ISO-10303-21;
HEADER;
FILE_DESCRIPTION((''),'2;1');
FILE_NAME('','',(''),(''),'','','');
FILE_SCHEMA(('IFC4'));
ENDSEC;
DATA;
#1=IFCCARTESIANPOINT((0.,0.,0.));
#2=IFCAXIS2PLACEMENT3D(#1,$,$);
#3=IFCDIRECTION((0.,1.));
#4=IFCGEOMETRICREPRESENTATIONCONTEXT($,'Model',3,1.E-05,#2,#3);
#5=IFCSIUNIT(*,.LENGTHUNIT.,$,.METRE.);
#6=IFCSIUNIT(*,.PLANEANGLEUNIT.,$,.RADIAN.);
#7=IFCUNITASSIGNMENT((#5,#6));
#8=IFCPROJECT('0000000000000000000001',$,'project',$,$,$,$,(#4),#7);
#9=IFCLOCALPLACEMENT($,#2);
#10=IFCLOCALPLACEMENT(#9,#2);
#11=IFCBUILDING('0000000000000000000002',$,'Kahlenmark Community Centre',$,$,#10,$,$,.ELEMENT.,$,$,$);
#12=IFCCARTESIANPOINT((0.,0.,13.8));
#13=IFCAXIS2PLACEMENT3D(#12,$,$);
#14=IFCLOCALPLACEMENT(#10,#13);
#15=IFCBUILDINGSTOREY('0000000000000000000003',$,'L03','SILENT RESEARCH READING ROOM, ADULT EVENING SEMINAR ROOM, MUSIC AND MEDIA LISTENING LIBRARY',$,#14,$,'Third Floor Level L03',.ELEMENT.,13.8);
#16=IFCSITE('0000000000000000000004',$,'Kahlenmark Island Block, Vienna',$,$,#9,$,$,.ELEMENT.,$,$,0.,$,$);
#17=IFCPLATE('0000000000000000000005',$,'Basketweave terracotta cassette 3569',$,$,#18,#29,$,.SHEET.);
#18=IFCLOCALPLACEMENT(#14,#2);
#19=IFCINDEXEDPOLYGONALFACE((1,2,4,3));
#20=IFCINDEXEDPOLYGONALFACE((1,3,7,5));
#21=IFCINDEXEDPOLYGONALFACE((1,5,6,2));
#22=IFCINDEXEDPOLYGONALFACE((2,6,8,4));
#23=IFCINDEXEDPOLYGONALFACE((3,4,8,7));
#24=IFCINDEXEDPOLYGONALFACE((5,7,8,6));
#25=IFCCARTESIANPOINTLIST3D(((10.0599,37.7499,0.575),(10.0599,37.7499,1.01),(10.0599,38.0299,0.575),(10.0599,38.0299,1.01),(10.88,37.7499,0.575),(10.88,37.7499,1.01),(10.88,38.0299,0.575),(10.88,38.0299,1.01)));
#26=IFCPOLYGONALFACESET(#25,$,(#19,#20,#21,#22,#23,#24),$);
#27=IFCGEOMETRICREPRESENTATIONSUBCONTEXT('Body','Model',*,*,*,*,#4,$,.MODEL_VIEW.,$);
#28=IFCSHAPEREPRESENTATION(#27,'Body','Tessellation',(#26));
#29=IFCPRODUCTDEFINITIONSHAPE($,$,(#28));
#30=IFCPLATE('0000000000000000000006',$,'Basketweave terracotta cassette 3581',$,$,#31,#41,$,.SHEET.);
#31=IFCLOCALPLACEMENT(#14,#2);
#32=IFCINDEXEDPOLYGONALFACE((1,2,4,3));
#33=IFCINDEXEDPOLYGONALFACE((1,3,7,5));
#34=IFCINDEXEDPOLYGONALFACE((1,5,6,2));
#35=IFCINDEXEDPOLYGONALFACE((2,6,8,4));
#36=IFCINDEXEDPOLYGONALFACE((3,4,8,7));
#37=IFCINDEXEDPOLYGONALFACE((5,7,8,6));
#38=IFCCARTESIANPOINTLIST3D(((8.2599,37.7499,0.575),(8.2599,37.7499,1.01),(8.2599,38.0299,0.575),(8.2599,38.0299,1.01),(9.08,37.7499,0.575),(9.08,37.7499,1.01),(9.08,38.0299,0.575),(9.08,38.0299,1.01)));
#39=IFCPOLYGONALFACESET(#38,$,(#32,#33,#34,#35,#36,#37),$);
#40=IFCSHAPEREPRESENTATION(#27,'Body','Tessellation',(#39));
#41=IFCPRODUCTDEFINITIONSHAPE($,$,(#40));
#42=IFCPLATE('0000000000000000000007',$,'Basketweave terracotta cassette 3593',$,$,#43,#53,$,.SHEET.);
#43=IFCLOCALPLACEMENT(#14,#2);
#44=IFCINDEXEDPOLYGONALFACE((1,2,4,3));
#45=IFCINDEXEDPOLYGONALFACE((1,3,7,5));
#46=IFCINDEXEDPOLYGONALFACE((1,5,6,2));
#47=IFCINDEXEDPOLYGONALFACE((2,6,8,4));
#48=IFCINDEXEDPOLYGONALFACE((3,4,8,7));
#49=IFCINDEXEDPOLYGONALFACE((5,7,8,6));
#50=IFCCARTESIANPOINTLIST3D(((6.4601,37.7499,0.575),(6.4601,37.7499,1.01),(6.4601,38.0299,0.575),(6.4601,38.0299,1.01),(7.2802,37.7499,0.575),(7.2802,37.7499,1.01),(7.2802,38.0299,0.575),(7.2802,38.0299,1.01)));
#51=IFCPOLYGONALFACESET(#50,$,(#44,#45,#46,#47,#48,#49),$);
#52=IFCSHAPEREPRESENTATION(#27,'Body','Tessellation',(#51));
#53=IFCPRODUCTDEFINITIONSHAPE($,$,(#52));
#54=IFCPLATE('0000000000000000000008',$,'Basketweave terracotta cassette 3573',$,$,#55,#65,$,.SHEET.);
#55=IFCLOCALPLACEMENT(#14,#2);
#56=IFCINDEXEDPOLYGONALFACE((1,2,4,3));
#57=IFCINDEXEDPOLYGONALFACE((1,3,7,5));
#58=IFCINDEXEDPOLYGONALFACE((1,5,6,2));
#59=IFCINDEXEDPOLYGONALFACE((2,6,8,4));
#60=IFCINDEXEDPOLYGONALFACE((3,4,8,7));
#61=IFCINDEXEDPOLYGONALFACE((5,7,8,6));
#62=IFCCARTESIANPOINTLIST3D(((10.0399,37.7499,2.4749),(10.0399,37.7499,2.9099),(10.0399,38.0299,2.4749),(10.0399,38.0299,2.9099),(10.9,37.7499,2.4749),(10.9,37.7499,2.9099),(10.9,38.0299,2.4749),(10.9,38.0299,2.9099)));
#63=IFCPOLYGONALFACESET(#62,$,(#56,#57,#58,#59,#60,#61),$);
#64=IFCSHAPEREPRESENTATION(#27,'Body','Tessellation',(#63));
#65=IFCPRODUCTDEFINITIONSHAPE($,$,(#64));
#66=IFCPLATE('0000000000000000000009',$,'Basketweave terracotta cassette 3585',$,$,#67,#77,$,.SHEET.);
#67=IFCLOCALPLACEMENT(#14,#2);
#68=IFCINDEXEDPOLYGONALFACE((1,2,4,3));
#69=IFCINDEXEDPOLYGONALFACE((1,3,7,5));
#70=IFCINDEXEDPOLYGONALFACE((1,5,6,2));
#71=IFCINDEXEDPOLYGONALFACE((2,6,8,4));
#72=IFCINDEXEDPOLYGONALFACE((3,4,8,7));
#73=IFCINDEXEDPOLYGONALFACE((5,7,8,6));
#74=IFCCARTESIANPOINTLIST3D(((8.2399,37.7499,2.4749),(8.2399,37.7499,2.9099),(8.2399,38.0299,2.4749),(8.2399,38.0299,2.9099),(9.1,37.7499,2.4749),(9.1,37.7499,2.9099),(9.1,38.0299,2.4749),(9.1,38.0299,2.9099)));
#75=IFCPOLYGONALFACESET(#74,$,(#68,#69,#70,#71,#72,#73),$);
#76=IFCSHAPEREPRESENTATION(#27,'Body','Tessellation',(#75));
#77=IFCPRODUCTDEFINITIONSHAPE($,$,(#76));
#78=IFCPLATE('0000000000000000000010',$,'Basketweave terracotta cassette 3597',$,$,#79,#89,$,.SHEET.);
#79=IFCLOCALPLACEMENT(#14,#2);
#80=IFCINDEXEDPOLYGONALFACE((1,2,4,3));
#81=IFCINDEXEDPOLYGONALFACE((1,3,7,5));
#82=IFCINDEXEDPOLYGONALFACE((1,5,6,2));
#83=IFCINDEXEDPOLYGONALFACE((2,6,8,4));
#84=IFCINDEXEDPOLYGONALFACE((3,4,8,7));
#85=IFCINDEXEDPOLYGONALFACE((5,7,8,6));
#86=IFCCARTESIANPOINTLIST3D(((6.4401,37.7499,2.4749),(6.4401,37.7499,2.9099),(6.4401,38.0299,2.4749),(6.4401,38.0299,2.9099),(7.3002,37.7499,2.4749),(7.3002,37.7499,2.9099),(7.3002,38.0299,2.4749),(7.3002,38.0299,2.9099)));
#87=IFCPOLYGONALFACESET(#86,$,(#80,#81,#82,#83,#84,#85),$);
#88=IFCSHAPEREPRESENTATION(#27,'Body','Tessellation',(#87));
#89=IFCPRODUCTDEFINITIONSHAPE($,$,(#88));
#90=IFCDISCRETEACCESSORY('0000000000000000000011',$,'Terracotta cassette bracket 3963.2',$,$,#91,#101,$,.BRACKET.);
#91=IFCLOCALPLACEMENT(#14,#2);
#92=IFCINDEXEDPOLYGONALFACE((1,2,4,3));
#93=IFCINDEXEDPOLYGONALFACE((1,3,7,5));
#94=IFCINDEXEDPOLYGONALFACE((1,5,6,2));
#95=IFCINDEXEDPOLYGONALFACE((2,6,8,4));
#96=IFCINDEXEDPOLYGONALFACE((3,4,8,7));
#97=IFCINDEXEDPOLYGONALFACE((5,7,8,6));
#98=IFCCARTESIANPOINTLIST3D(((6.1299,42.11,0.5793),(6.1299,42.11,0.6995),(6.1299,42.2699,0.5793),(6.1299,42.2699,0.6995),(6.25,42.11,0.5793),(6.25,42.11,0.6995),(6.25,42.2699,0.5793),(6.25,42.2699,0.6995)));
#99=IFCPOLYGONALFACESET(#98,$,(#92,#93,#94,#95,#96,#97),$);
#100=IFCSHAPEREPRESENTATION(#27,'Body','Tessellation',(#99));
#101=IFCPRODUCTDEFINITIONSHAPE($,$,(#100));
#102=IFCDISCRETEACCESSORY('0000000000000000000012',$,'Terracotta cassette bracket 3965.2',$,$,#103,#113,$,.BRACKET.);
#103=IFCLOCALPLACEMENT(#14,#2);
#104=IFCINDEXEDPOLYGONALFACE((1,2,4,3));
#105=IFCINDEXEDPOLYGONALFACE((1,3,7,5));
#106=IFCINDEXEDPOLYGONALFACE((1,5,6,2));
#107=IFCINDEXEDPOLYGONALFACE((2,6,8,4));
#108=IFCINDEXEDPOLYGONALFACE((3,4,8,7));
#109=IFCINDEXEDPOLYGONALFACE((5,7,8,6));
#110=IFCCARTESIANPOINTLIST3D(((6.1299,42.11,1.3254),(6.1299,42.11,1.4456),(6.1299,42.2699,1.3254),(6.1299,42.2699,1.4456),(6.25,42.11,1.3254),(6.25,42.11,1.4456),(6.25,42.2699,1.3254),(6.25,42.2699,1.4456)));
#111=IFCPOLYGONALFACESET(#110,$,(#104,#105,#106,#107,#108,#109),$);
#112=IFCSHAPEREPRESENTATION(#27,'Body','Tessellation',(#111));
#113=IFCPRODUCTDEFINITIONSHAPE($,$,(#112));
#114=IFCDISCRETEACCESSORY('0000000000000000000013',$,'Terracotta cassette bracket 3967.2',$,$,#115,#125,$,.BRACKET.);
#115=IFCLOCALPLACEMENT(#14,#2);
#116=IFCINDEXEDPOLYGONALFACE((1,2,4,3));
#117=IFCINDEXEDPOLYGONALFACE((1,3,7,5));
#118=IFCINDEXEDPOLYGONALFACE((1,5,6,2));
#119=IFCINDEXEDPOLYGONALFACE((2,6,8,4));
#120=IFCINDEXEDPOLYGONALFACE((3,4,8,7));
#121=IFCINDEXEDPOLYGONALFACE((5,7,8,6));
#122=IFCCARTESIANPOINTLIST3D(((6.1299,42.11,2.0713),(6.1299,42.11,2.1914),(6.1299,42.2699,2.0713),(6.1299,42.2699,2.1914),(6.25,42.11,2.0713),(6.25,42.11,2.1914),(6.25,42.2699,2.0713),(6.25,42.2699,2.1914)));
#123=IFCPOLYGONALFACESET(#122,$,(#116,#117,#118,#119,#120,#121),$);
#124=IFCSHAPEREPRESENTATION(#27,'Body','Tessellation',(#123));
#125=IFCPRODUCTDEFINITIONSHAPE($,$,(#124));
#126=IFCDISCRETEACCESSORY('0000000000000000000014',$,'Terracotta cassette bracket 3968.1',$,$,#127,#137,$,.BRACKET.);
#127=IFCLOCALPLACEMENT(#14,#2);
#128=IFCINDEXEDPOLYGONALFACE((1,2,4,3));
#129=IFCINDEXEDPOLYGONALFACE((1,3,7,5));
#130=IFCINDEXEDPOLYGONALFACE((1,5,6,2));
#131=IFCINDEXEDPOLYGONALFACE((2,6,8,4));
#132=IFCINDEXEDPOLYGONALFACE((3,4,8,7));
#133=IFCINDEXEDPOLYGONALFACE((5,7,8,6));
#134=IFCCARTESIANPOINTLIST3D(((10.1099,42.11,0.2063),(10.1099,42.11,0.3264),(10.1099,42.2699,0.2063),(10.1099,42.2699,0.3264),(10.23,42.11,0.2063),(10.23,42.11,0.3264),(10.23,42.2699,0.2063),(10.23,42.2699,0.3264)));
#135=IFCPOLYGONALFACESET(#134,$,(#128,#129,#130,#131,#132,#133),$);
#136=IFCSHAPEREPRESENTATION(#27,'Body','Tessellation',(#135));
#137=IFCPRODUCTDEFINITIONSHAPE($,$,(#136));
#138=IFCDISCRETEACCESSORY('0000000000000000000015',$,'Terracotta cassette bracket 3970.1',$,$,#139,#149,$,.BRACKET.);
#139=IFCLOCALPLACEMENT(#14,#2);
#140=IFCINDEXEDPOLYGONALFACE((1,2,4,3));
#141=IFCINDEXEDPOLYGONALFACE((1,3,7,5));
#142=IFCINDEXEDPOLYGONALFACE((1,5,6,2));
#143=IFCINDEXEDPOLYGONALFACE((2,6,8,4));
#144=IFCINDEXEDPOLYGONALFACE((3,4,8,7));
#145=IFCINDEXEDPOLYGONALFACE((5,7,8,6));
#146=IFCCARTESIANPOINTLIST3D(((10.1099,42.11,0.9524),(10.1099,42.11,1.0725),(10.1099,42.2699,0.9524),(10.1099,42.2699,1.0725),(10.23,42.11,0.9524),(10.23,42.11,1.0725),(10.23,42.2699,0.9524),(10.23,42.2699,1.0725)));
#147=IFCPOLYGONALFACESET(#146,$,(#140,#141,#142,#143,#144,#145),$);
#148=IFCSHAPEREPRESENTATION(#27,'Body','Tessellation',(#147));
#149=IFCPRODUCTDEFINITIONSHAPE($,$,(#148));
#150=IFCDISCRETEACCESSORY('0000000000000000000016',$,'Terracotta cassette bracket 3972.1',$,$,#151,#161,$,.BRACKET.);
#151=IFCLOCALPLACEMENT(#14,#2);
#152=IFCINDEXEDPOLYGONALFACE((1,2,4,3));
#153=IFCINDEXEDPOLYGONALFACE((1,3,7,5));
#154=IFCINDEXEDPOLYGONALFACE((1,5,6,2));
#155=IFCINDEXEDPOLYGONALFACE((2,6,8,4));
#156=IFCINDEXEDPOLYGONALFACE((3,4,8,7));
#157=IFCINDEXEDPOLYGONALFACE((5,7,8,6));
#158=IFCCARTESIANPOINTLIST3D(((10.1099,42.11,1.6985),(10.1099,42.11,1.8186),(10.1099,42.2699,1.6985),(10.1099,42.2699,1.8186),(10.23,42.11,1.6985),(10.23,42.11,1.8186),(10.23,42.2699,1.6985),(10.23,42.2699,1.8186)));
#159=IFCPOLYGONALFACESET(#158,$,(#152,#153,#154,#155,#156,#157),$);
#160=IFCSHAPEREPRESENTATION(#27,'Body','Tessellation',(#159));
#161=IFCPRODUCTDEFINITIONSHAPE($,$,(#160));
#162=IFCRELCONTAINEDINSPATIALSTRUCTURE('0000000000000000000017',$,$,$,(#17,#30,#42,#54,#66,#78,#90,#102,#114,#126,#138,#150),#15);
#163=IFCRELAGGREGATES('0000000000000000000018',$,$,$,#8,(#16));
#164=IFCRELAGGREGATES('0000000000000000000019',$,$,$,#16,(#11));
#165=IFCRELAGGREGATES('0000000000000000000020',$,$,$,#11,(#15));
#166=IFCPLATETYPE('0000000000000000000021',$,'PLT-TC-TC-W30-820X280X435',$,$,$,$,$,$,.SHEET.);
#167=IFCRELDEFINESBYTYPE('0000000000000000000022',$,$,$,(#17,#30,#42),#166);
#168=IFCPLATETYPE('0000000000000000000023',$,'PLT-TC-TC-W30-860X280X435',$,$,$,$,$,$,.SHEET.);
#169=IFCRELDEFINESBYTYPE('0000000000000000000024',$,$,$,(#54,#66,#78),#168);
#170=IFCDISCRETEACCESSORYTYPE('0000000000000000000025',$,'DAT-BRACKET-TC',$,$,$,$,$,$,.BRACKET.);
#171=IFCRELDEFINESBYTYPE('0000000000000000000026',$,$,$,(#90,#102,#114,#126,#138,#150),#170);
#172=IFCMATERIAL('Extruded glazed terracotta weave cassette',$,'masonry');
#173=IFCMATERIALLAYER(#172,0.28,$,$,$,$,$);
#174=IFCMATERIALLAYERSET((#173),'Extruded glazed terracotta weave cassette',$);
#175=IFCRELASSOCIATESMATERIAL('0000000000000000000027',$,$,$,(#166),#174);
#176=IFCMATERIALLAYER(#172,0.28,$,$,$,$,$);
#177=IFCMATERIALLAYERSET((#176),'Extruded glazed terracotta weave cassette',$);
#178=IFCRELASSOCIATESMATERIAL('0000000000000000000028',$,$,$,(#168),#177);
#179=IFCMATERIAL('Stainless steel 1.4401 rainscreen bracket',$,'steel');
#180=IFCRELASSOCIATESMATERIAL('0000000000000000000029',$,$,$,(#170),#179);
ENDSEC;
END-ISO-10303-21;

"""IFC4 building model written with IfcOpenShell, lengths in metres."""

from ifc_helpers import new_model, si_unit, direction, frame, origin, origin_2d, place, context, subcontext, project, spatial, rectangle, extrude, material, layer, layer_set, type_object, element, save


model = new_model("IFC4")

# Units and contexts
model_context = context("Model", 3, precision=1e-05, world=origin(), true_north=direction((0.0, 1.0)))
body_context = subcontext(model_context, "Body", "Model", "MODEL_VIEW")
ifc_project = project(units=[si_unit("LENGTHUNIT", "METRE"), si_unit("PLANEANGLEUNIT", "RADIAN")], contexts=[model_context])

# Site, building, storey
site_placement = place(None, origin())
site = spatial("IfcSite", under=ifc_project, at=site_placement, Name="Kahlenmark Island Block, Vienna", CompositionType="ELEMENT", RefElevation=0.0)
building_placement = place(site_placement, origin())
building = spatial("IfcBuilding", under=site, at=building_placement, Name="Kahlenmark Community Centre", CompositionType="ELEMENT")
storey_placement = place(building_placement, frame((0.0, 0.0, 13.8)))
storey = spatial("IfcBuildingStorey", under=building, at=storey_placement, Name="L03", Description="SILENT RESEARCH READING ROOM, ADULT EVENING SEMINAR ROOM, MUSIC AND MEDIA LISTENING LIBRARY", LongName="Third Floor Level L03", CompositionType="ELEMENT", Elevation=13.8)

# Plates
ifc_material_1 = material(Name="Extruded glazed terracotta weave cassette", Category="masonry")
ifc_layer_1 = layer(ifc_material_1, 0.28)
ifc_layer_set_1 = layer_set([ifc_layer_1], Name="Extruded glazed terracotta weave cassette")
plate_type_1 = type_object("IfcPlateType", Name="PLT-TC-TC-W30-820X280X435", PredefinedType="SHEET", material=ifc_layer_set_1)
for number, where, z_axis, x_axis, name in (
    (1, (10.47, 37.8899, 0.575), (0.0, 0.0, 1.0), (-1.0, 0.0, 0.0), "Basketweave terracotta cassette 3569"),
    (2, (8.6699, 37.8899, 0.575), (0.0, 0.0, 1.0), (-1.0, 0.0, 0.0), "Basketweave terracotta cassette 3581"),
    (3, (6.8701, 37.8899, 0.575), (0.0, 0.0, 1.0), (-1.0, 0.0, 0.0), "Basketweave terracotta cassette 3593"),
):
    element("IfcPlate", number, at=place(storey_placement, frame(where, z_axis=z_axis, x_axis=x_axis)), inside=storey, type_object=plate_type_1, Name=name, PredefinedType="SHEET", context=body_context, shape_type="SweptSolid", body=[
        extrude(rectangle(XDim=0.8201, YDim=0.28, at=origin_2d()), origin(), (0.0, 0.0, 1.0), 0.4351),
    ])
ifc_layer_2 = layer(ifc_material_1, 0.28)
ifc_layer_set_2 = layer_set([ifc_layer_2], Name="Extruded glazed terracotta weave cassette")
plate_type_2 = type_object("IfcPlateType", Name="PLT-TC-TC-W30-860X280X435", PredefinedType="SHEET", material=ifc_layer_set_2)
for number, where, z_axis, x_axis, name in (
    (4, (10.47, 37.8899, 2.4749), (0.0, 0.0, 1.0), (-1.0, 0.0, 0.0), "Basketweave terracotta cassette 3573"),
    (5, (8.6699, 37.8899, 2.4749), (0.0, 0.0, 1.0), (-1.0, 0.0, 0.0), "Basketweave terracotta cassette 3585"),
    (6, (6.8701, 37.8899, 2.4749), (0.0, 0.0, 1.0), (-1.0, 0.0, 0.0), "Basketweave terracotta cassette 3597"),
):
    element("IfcPlate", number, at=place(storey_placement, frame(where, z_axis=z_axis, x_axis=x_axis)), inside=storey, type_object=plate_type_2, Name=name, PredefinedType="SHEET", context=body_context, shape_type="SweptSolid", body=[
        extrude(rectangle(XDim=0.8601, YDim=0.28, at=origin_2d()), origin(), (0.0, 0.0, 1.0), 0.4351),
    ])

# Discrete accessories
ifc_material_2 = material(Name="Stainless steel 1.4401 rainscreen bracket", Category="steel")
discrete_accessory_type = type_object("IfcDiscreteAccessoryType", Name="DAT-BRACKET-TC", PredefinedType="BRACKET", material=ifc_material_2)
for number, where, z_axis, x_axis, name in (
    (7, (6.1899, 42.1899, 0.5793), (0.0, 0.0, 1.0), (1.0, 0.0, 0.0), "Terracotta cassette bracket 3963.2"),
    (8, (6.1899, 42.1899, 1.3254), (0.0, 0.0, 1.0), (1.0, 0.0, 0.0), "Terracotta cassette bracket 3965.2"),
    (9, (6.1899, 42.1899, 2.0713), (0.0, 0.0, 1.0), (1.0, 0.0, 0.0), "Terracotta cassette bracket 3967.2"),
    (10, (10.1699, 42.1899, 0.2063), (0.0, 0.0, 1.0), (1.0, 0.0, 0.0), "Terracotta cassette bracket 3968.1"),
    (11, (10.1699, 42.1899, 0.9524), (0.0, 0.0, 1.0), (1.0, 0.0, 0.0), "Terracotta cassette bracket 3970.1"),
    (12, (10.1699, 42.1899, 1.6985), (0.0, 0.0, 1.0), (1.0, 0.0, 0.0), "Terracotta cassette bracket 3972.1"),
):
    element("IfcDiscreteAccessory", number, at=place(storey_placement, frame(where, z_axis=z_axis, x_axis=x_axis)), inside=storey, type_object=discrete_accessory_type, Name=name, PredefinedType="BRACKET", context=body_context, shape_type="SweptSolid", body=[
        extrude(rectangle(XDim=0.1201, YDim=0.1599, at=origin_2d()), origin(), (0.0, 0.0, 1.0), 0.1201),
    ])

save(model, "model.ifc")
